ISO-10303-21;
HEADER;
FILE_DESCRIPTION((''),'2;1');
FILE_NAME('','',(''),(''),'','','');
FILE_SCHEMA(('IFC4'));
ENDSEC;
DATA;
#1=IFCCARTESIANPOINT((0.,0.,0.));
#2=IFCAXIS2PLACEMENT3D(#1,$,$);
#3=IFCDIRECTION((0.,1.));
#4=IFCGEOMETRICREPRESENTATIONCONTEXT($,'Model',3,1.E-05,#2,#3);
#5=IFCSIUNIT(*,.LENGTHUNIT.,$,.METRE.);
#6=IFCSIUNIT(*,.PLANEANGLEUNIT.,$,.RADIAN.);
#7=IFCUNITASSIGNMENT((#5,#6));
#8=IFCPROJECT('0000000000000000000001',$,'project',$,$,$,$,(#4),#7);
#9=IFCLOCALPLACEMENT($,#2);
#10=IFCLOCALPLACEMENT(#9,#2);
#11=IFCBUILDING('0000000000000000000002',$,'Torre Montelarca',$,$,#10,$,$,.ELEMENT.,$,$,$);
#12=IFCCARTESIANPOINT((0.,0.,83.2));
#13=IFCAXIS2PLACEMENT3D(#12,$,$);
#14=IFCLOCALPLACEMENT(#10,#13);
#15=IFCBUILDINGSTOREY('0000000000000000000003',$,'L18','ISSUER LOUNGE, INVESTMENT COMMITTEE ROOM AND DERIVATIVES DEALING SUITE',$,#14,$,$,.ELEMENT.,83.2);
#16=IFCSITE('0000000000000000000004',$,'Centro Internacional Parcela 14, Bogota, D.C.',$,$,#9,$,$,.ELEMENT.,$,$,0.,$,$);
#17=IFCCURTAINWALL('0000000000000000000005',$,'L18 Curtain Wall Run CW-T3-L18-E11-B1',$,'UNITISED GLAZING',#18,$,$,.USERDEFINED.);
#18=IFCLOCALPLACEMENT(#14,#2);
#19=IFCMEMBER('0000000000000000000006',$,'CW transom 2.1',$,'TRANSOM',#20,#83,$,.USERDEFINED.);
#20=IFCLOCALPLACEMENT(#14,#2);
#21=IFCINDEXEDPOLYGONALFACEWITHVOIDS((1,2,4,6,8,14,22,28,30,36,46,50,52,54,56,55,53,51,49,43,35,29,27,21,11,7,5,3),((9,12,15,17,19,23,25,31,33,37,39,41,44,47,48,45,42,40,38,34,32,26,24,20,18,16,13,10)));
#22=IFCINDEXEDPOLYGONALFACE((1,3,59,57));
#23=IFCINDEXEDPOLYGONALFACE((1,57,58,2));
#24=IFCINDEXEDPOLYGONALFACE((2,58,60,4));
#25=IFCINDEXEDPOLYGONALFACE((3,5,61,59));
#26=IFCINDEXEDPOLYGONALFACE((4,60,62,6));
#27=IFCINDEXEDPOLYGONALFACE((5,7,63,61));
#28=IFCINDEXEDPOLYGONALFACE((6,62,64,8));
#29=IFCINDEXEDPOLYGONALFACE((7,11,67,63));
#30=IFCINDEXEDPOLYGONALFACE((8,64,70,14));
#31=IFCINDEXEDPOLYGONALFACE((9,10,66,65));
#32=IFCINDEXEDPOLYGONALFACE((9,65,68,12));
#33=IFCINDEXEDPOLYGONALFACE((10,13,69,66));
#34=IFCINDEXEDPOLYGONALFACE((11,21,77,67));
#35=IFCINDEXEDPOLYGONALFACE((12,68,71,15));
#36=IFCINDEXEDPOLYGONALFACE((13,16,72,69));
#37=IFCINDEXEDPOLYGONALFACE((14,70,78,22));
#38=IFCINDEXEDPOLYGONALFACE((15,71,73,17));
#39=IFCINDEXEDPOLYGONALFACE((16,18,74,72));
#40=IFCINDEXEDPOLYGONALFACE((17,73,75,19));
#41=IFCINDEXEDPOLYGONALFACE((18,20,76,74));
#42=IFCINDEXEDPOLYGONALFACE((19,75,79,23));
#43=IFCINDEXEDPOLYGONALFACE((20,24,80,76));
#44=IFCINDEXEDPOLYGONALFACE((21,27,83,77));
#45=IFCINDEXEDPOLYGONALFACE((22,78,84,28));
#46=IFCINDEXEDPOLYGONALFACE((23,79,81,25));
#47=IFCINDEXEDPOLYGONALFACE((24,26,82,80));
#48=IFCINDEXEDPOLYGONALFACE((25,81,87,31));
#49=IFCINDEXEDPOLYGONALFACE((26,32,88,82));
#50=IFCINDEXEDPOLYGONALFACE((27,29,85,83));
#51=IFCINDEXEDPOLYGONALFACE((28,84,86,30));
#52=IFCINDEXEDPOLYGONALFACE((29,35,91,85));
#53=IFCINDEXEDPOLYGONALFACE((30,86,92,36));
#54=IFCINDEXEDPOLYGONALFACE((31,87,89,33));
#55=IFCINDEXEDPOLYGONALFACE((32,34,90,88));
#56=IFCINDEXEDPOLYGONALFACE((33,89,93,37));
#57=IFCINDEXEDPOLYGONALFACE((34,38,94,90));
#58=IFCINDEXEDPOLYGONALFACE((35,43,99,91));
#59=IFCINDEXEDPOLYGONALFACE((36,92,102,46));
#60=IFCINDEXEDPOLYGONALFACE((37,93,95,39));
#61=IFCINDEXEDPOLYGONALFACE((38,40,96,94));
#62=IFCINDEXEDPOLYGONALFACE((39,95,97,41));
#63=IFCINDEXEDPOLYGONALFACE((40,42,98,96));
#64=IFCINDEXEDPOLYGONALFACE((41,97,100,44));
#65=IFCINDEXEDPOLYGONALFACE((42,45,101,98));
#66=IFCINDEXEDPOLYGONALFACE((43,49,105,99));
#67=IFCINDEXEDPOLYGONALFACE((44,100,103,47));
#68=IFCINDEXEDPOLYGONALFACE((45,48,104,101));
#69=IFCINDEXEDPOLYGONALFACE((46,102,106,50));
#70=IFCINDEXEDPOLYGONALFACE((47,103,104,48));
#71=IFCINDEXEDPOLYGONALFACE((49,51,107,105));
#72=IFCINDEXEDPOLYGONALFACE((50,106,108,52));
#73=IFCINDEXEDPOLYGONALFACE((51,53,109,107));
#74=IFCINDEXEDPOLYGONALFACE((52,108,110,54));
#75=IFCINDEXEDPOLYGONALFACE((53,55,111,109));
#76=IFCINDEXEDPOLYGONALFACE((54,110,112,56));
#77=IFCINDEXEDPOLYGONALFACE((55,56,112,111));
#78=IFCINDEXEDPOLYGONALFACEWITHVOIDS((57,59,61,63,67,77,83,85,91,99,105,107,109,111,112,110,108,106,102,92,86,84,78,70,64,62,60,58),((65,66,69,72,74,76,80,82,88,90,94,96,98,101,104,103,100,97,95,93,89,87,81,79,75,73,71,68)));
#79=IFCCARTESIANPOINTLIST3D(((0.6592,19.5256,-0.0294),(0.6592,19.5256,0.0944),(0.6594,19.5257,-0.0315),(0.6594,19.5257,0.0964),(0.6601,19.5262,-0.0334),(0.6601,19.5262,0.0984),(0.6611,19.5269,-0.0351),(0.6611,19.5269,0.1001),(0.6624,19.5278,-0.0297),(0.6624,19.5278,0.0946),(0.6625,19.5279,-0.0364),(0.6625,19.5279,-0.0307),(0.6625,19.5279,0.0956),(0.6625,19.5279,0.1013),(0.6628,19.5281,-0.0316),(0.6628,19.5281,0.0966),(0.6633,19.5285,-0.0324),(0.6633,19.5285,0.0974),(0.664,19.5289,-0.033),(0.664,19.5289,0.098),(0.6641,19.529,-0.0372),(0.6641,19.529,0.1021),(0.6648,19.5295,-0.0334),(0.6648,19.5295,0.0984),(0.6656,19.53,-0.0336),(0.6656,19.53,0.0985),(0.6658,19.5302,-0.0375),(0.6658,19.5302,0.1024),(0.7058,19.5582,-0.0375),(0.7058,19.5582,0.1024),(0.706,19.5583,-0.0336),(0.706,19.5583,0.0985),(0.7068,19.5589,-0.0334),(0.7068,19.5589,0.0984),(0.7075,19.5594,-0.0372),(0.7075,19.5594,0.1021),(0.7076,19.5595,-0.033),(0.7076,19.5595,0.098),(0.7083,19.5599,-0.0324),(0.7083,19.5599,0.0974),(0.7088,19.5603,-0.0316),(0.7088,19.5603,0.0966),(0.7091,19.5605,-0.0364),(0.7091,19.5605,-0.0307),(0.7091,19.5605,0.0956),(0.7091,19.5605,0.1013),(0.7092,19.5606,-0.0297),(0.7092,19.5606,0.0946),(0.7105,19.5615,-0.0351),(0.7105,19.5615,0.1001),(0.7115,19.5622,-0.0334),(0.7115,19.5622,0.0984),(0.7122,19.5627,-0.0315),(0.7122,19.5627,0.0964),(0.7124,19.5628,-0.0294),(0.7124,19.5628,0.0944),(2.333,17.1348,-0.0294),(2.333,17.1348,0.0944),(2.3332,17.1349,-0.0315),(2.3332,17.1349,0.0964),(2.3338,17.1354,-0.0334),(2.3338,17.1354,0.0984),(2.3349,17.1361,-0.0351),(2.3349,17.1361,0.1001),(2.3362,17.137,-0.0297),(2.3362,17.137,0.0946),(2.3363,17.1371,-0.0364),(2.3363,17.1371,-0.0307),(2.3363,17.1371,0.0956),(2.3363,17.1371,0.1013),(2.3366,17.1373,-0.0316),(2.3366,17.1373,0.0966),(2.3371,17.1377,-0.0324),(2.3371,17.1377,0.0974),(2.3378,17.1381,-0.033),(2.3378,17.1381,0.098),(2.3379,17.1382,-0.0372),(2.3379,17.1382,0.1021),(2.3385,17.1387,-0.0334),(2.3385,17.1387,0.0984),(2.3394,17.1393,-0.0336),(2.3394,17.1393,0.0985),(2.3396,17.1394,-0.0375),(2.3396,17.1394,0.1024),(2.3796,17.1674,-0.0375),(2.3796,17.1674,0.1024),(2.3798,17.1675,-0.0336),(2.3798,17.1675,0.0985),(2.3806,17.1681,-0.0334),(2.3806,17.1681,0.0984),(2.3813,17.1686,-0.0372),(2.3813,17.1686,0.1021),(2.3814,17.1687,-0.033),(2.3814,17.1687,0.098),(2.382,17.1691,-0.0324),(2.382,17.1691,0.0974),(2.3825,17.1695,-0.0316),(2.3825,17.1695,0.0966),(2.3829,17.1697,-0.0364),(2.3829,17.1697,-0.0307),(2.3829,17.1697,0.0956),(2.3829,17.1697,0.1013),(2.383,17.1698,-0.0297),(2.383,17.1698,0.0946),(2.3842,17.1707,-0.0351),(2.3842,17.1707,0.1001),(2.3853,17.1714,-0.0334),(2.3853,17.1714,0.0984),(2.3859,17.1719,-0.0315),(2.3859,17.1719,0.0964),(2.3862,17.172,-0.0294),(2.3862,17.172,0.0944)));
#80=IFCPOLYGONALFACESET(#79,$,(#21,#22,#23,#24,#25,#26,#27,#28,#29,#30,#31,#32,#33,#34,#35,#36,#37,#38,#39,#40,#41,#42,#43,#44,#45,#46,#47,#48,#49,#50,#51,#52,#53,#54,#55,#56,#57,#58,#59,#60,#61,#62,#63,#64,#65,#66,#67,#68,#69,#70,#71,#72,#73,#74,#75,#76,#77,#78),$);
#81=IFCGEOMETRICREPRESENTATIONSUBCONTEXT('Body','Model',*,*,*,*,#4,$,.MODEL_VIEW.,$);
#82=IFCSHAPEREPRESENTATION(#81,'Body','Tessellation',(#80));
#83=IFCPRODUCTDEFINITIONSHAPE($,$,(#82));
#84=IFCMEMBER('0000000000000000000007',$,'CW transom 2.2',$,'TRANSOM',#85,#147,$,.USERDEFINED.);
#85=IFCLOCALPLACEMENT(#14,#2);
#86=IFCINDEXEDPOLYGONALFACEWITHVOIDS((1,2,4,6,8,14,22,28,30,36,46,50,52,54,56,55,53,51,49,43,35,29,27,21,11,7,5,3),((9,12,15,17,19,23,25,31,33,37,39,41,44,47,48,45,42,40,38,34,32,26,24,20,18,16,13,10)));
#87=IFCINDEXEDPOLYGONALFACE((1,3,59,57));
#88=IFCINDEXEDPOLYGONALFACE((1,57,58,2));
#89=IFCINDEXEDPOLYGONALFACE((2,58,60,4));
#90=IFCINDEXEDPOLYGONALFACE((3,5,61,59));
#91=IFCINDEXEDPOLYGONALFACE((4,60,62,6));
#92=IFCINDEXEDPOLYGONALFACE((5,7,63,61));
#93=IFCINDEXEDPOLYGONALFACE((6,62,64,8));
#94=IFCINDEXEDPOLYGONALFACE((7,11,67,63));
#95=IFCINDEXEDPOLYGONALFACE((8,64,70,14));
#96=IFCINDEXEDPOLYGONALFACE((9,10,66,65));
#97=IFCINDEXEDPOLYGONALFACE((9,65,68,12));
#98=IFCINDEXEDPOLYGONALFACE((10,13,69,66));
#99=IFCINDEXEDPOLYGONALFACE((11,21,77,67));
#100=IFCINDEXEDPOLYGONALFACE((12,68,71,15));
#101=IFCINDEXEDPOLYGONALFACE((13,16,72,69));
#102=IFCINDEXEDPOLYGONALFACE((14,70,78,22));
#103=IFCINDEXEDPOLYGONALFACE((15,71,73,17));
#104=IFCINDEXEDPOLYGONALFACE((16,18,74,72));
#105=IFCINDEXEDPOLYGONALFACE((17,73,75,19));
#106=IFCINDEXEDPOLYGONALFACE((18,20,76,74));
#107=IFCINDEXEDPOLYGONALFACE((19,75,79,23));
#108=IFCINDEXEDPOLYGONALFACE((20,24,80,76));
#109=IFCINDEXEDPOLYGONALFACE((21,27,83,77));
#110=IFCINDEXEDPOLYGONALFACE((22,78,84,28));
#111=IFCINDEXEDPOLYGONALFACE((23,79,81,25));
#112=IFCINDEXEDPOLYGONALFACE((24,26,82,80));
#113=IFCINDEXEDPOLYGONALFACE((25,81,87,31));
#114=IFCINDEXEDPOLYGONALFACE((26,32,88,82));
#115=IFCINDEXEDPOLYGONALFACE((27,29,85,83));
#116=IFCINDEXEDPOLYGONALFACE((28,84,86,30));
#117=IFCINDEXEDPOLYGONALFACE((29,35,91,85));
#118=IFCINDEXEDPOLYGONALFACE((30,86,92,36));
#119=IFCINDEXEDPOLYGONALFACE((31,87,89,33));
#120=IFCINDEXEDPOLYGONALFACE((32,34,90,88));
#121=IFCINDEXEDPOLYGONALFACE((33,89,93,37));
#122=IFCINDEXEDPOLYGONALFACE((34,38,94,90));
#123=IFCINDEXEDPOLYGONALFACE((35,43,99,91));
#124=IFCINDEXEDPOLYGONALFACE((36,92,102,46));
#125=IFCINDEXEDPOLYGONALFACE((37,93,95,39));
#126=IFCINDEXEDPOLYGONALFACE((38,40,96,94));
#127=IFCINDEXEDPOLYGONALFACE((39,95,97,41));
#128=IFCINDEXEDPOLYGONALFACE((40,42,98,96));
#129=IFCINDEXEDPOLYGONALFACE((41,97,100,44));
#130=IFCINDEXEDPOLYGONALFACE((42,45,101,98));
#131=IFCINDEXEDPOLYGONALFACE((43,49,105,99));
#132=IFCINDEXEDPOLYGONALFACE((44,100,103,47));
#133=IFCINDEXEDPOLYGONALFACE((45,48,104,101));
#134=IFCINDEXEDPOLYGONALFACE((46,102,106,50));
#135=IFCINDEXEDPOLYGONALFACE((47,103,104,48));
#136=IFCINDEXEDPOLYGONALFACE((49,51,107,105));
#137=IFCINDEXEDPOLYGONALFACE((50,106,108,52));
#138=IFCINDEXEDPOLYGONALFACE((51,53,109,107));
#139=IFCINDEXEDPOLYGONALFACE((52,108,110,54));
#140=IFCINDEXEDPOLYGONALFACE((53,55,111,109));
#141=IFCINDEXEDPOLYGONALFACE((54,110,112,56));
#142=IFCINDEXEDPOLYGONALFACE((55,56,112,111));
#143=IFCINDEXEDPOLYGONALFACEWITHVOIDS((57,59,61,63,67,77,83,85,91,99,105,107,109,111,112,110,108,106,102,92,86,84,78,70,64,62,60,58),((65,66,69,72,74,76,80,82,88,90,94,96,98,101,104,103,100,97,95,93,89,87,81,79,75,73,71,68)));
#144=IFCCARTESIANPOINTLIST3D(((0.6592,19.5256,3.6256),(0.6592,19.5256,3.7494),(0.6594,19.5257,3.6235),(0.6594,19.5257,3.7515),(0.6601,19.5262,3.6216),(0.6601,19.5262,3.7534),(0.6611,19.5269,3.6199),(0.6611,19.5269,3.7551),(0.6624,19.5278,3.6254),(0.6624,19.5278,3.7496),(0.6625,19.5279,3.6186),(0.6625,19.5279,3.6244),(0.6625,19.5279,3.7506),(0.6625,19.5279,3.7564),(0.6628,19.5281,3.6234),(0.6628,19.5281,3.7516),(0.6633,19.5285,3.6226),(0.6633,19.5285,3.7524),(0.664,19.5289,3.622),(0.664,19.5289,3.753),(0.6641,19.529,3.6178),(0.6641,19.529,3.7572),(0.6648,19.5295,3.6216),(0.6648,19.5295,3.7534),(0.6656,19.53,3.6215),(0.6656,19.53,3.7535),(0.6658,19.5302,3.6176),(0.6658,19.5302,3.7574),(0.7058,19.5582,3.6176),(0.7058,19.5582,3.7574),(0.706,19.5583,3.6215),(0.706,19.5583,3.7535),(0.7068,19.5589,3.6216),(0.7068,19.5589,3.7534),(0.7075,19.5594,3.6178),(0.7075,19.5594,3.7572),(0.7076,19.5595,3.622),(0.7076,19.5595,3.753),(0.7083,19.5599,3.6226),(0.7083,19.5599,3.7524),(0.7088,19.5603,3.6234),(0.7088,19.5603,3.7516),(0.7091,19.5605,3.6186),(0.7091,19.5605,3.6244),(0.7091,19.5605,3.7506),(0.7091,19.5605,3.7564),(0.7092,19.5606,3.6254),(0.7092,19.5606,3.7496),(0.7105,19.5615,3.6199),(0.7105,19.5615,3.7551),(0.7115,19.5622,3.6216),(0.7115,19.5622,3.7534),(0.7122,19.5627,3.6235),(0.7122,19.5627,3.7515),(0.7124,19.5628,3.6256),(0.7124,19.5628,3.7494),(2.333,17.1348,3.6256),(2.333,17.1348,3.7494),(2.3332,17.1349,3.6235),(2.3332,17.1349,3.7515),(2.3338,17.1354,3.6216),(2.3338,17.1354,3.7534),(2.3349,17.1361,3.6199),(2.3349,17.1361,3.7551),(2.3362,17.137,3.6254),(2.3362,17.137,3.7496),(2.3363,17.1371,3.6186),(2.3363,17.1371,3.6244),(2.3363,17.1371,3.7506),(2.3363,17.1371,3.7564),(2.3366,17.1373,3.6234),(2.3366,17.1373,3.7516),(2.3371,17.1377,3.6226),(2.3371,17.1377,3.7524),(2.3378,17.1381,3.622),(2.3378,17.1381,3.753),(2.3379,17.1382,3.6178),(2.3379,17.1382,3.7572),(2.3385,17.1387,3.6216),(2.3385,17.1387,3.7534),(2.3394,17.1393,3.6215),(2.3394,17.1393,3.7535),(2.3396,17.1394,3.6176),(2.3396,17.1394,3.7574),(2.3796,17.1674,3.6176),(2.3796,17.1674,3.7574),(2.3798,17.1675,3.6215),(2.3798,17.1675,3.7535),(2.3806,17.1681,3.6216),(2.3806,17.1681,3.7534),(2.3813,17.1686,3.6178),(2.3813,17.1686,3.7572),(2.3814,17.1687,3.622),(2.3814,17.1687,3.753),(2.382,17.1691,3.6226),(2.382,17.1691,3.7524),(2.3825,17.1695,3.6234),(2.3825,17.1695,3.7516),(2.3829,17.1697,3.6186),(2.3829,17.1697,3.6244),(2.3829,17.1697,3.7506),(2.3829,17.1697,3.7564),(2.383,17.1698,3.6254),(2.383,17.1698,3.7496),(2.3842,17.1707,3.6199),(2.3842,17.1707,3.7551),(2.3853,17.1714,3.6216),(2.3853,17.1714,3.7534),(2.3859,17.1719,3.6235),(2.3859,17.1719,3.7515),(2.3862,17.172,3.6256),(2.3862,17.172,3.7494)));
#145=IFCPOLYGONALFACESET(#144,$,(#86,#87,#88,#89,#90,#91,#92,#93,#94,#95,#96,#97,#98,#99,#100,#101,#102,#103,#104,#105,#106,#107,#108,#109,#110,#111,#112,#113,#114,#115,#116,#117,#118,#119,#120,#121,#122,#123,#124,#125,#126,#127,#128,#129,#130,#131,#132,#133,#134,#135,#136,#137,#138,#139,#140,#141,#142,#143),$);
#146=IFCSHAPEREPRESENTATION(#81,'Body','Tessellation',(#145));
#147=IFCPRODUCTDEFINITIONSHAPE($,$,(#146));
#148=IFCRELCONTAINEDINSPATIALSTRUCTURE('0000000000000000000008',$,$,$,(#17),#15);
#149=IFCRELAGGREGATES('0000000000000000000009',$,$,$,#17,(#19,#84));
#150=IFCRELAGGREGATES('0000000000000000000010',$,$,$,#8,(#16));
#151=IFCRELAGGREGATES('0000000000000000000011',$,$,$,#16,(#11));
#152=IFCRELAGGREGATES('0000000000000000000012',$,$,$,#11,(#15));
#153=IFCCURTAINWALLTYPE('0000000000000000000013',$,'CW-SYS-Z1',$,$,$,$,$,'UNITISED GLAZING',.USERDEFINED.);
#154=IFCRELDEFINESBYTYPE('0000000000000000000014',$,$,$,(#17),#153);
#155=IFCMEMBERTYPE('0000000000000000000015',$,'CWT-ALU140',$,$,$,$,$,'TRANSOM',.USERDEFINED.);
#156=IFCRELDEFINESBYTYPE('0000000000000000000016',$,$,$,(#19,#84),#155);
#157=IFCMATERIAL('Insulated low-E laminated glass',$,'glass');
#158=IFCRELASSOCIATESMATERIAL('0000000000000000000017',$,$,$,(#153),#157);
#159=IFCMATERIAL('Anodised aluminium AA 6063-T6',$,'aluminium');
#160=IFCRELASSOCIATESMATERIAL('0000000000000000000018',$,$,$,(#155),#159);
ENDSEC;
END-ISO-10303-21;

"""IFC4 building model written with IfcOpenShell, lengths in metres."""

from ifc_helpers import new_model, si_unit, direction, frame, origin, origin_2d, place, context, subcontext, project, spatial, hollow_rectangle, extrude, source, transform, mapped, material, material_profile, profile_set, type_object, element, aggregate, save


model = new_model("IFC4")

# Units and contexts
model_context = context("Model", 3, precision=1e-05, world=origin(), true_north=direction((0.0, 1.0)))
body_context = subcontext(model_context, "Body", "Model", "MODEL_VIEW")
ifc_project = project(units=[si_unit("LENGTHUNIT", "METRE"), si_unit("PLANEANGLEUNIT", "RADIAN")], contexts=[model_context])

# Site, building, storey
site_placement = place(None, origin())
site = spatial("IfcSite", under=ifc_project, at=site_placement, Name="Centro Internacional Parcela 14, Bogota, D.C.", CompositionType="ELEMENT", RefElevation=0.0)
building_placement = place(site_placement, origin())
building = spatial("IfcBuilding", under=site, at=building_placement, Name="Torre Montelarca", CompositionType="ELEMENT")
storey_placement = place(building_placement, frame((0.0, 0.0, 83.2)))
storey = spatial("IfcBuildingStorey", under=building, at=storey_placement, Name="L18", Description="ISSUER LOUNGE, INVESTMENT COMMITTEE ROOM AND DERIVATIVES DEALING SUITE", CompositionType="ELEMENT", Elevation=83.2)

# Curtain wall, members
ifc_material_1 = material(Name="Insulated low-E laminated glass", Category="glass")
curtain_wall_type = type_object("IfcCurtainWallType", Name="CW-SYS-Z1", ElementType="UNITISED GLAZING", PredefinedType="USERDEFINED", material=ifc_material_1)
curtain_wall_1_placement = place(storey_placement, origin())
curtain_wall_1 = element("IfcCurtainWall", 1, at=curtain_wall_1_placement, inside=storey, type_object=curtain_wall_type, Name="L18 Curtain Wall Run CW-T3-L18-E11-B1", ObjectType="UNITISED GLAZING", PredefinedType="USERDEFINED")
ifc_material_2 = material(Name="Anodised aluminium AA 6063-T6", Category="aluminium")
ifc_material_profile_1 = material_profile(ifc_material_2, hollow_rectangle(XDim=0.0649, YDim=0.1399, WallThickness=0.0039, InnerFilletRadius=0.0039, OuterFilletRadius=0.0081, at=origin_2d()), Name="ALU65X140X4", Category="aluminium")
ifc_profile_set_1 = profile_set([ifc_material_profile_1], Name="Anodised aluminium AA 6063-T6")
member_type_1 = type_object("IfcMemberType", Name="CWT-ALU140", ElementType="TRANSOM", PredefinedType="USERDEFINED", material=ifc_profile_set_1)
shared_shape_1 = source(origin(), body_context, "Body", "SweptSolid", [
    extrude(hollow_rectangle(XDim=0.0649, YDim=0.1399, WallThickness=0.0039, InnerFilletRadius=0.0039, OuterFilletRadius=0.0081, at=origin_2d()), origin(), (0.0, 0.0, 1.0), 2.9185),
])
member_1_placement = place(storey_placement, frame((0.6858, 19.5442, 0.0325), z_axis=(0.573513, -0.819197, 0.0), x_axis=(0.819197, 0.573513, 0.0)))
member_1 = element("IfcMember", 2, at=member_1_placement, type_object=member_type_1, Name="CW transom 2.1", ObjectType="TRANSOM", PredefinedType="USERDEFINED", context=body_context, shape_type="MappedRepresentation", body=[
    mapped(shared_shape_1, transform((0.0, 0.0, 0.0), scale=1.0)),
])
member_2_placement = place(storey_placement, frame((0.6858, 19.5442, 3.6875), z_axis=(0.573513, -0.819197, 0.0), x_axis=(0.819197, 0.573513, 0.0)))
member_2 = element("IfcMember", 3, at=member_2_placement, type_object=member_type_1, Name="CW transom 2.2", ObjectType="TRANSOM", PredefinedType="USERDEFINED", context=body_context, shape_type="MappedRepresentation", body=[
    mapped(shared_shape_1, transform((0.0, 0.0, 0.0), scale=1.0)),
])

aggregate(curtain_wall_1, [member_1, member_2])

save(model, "model.ifc")
